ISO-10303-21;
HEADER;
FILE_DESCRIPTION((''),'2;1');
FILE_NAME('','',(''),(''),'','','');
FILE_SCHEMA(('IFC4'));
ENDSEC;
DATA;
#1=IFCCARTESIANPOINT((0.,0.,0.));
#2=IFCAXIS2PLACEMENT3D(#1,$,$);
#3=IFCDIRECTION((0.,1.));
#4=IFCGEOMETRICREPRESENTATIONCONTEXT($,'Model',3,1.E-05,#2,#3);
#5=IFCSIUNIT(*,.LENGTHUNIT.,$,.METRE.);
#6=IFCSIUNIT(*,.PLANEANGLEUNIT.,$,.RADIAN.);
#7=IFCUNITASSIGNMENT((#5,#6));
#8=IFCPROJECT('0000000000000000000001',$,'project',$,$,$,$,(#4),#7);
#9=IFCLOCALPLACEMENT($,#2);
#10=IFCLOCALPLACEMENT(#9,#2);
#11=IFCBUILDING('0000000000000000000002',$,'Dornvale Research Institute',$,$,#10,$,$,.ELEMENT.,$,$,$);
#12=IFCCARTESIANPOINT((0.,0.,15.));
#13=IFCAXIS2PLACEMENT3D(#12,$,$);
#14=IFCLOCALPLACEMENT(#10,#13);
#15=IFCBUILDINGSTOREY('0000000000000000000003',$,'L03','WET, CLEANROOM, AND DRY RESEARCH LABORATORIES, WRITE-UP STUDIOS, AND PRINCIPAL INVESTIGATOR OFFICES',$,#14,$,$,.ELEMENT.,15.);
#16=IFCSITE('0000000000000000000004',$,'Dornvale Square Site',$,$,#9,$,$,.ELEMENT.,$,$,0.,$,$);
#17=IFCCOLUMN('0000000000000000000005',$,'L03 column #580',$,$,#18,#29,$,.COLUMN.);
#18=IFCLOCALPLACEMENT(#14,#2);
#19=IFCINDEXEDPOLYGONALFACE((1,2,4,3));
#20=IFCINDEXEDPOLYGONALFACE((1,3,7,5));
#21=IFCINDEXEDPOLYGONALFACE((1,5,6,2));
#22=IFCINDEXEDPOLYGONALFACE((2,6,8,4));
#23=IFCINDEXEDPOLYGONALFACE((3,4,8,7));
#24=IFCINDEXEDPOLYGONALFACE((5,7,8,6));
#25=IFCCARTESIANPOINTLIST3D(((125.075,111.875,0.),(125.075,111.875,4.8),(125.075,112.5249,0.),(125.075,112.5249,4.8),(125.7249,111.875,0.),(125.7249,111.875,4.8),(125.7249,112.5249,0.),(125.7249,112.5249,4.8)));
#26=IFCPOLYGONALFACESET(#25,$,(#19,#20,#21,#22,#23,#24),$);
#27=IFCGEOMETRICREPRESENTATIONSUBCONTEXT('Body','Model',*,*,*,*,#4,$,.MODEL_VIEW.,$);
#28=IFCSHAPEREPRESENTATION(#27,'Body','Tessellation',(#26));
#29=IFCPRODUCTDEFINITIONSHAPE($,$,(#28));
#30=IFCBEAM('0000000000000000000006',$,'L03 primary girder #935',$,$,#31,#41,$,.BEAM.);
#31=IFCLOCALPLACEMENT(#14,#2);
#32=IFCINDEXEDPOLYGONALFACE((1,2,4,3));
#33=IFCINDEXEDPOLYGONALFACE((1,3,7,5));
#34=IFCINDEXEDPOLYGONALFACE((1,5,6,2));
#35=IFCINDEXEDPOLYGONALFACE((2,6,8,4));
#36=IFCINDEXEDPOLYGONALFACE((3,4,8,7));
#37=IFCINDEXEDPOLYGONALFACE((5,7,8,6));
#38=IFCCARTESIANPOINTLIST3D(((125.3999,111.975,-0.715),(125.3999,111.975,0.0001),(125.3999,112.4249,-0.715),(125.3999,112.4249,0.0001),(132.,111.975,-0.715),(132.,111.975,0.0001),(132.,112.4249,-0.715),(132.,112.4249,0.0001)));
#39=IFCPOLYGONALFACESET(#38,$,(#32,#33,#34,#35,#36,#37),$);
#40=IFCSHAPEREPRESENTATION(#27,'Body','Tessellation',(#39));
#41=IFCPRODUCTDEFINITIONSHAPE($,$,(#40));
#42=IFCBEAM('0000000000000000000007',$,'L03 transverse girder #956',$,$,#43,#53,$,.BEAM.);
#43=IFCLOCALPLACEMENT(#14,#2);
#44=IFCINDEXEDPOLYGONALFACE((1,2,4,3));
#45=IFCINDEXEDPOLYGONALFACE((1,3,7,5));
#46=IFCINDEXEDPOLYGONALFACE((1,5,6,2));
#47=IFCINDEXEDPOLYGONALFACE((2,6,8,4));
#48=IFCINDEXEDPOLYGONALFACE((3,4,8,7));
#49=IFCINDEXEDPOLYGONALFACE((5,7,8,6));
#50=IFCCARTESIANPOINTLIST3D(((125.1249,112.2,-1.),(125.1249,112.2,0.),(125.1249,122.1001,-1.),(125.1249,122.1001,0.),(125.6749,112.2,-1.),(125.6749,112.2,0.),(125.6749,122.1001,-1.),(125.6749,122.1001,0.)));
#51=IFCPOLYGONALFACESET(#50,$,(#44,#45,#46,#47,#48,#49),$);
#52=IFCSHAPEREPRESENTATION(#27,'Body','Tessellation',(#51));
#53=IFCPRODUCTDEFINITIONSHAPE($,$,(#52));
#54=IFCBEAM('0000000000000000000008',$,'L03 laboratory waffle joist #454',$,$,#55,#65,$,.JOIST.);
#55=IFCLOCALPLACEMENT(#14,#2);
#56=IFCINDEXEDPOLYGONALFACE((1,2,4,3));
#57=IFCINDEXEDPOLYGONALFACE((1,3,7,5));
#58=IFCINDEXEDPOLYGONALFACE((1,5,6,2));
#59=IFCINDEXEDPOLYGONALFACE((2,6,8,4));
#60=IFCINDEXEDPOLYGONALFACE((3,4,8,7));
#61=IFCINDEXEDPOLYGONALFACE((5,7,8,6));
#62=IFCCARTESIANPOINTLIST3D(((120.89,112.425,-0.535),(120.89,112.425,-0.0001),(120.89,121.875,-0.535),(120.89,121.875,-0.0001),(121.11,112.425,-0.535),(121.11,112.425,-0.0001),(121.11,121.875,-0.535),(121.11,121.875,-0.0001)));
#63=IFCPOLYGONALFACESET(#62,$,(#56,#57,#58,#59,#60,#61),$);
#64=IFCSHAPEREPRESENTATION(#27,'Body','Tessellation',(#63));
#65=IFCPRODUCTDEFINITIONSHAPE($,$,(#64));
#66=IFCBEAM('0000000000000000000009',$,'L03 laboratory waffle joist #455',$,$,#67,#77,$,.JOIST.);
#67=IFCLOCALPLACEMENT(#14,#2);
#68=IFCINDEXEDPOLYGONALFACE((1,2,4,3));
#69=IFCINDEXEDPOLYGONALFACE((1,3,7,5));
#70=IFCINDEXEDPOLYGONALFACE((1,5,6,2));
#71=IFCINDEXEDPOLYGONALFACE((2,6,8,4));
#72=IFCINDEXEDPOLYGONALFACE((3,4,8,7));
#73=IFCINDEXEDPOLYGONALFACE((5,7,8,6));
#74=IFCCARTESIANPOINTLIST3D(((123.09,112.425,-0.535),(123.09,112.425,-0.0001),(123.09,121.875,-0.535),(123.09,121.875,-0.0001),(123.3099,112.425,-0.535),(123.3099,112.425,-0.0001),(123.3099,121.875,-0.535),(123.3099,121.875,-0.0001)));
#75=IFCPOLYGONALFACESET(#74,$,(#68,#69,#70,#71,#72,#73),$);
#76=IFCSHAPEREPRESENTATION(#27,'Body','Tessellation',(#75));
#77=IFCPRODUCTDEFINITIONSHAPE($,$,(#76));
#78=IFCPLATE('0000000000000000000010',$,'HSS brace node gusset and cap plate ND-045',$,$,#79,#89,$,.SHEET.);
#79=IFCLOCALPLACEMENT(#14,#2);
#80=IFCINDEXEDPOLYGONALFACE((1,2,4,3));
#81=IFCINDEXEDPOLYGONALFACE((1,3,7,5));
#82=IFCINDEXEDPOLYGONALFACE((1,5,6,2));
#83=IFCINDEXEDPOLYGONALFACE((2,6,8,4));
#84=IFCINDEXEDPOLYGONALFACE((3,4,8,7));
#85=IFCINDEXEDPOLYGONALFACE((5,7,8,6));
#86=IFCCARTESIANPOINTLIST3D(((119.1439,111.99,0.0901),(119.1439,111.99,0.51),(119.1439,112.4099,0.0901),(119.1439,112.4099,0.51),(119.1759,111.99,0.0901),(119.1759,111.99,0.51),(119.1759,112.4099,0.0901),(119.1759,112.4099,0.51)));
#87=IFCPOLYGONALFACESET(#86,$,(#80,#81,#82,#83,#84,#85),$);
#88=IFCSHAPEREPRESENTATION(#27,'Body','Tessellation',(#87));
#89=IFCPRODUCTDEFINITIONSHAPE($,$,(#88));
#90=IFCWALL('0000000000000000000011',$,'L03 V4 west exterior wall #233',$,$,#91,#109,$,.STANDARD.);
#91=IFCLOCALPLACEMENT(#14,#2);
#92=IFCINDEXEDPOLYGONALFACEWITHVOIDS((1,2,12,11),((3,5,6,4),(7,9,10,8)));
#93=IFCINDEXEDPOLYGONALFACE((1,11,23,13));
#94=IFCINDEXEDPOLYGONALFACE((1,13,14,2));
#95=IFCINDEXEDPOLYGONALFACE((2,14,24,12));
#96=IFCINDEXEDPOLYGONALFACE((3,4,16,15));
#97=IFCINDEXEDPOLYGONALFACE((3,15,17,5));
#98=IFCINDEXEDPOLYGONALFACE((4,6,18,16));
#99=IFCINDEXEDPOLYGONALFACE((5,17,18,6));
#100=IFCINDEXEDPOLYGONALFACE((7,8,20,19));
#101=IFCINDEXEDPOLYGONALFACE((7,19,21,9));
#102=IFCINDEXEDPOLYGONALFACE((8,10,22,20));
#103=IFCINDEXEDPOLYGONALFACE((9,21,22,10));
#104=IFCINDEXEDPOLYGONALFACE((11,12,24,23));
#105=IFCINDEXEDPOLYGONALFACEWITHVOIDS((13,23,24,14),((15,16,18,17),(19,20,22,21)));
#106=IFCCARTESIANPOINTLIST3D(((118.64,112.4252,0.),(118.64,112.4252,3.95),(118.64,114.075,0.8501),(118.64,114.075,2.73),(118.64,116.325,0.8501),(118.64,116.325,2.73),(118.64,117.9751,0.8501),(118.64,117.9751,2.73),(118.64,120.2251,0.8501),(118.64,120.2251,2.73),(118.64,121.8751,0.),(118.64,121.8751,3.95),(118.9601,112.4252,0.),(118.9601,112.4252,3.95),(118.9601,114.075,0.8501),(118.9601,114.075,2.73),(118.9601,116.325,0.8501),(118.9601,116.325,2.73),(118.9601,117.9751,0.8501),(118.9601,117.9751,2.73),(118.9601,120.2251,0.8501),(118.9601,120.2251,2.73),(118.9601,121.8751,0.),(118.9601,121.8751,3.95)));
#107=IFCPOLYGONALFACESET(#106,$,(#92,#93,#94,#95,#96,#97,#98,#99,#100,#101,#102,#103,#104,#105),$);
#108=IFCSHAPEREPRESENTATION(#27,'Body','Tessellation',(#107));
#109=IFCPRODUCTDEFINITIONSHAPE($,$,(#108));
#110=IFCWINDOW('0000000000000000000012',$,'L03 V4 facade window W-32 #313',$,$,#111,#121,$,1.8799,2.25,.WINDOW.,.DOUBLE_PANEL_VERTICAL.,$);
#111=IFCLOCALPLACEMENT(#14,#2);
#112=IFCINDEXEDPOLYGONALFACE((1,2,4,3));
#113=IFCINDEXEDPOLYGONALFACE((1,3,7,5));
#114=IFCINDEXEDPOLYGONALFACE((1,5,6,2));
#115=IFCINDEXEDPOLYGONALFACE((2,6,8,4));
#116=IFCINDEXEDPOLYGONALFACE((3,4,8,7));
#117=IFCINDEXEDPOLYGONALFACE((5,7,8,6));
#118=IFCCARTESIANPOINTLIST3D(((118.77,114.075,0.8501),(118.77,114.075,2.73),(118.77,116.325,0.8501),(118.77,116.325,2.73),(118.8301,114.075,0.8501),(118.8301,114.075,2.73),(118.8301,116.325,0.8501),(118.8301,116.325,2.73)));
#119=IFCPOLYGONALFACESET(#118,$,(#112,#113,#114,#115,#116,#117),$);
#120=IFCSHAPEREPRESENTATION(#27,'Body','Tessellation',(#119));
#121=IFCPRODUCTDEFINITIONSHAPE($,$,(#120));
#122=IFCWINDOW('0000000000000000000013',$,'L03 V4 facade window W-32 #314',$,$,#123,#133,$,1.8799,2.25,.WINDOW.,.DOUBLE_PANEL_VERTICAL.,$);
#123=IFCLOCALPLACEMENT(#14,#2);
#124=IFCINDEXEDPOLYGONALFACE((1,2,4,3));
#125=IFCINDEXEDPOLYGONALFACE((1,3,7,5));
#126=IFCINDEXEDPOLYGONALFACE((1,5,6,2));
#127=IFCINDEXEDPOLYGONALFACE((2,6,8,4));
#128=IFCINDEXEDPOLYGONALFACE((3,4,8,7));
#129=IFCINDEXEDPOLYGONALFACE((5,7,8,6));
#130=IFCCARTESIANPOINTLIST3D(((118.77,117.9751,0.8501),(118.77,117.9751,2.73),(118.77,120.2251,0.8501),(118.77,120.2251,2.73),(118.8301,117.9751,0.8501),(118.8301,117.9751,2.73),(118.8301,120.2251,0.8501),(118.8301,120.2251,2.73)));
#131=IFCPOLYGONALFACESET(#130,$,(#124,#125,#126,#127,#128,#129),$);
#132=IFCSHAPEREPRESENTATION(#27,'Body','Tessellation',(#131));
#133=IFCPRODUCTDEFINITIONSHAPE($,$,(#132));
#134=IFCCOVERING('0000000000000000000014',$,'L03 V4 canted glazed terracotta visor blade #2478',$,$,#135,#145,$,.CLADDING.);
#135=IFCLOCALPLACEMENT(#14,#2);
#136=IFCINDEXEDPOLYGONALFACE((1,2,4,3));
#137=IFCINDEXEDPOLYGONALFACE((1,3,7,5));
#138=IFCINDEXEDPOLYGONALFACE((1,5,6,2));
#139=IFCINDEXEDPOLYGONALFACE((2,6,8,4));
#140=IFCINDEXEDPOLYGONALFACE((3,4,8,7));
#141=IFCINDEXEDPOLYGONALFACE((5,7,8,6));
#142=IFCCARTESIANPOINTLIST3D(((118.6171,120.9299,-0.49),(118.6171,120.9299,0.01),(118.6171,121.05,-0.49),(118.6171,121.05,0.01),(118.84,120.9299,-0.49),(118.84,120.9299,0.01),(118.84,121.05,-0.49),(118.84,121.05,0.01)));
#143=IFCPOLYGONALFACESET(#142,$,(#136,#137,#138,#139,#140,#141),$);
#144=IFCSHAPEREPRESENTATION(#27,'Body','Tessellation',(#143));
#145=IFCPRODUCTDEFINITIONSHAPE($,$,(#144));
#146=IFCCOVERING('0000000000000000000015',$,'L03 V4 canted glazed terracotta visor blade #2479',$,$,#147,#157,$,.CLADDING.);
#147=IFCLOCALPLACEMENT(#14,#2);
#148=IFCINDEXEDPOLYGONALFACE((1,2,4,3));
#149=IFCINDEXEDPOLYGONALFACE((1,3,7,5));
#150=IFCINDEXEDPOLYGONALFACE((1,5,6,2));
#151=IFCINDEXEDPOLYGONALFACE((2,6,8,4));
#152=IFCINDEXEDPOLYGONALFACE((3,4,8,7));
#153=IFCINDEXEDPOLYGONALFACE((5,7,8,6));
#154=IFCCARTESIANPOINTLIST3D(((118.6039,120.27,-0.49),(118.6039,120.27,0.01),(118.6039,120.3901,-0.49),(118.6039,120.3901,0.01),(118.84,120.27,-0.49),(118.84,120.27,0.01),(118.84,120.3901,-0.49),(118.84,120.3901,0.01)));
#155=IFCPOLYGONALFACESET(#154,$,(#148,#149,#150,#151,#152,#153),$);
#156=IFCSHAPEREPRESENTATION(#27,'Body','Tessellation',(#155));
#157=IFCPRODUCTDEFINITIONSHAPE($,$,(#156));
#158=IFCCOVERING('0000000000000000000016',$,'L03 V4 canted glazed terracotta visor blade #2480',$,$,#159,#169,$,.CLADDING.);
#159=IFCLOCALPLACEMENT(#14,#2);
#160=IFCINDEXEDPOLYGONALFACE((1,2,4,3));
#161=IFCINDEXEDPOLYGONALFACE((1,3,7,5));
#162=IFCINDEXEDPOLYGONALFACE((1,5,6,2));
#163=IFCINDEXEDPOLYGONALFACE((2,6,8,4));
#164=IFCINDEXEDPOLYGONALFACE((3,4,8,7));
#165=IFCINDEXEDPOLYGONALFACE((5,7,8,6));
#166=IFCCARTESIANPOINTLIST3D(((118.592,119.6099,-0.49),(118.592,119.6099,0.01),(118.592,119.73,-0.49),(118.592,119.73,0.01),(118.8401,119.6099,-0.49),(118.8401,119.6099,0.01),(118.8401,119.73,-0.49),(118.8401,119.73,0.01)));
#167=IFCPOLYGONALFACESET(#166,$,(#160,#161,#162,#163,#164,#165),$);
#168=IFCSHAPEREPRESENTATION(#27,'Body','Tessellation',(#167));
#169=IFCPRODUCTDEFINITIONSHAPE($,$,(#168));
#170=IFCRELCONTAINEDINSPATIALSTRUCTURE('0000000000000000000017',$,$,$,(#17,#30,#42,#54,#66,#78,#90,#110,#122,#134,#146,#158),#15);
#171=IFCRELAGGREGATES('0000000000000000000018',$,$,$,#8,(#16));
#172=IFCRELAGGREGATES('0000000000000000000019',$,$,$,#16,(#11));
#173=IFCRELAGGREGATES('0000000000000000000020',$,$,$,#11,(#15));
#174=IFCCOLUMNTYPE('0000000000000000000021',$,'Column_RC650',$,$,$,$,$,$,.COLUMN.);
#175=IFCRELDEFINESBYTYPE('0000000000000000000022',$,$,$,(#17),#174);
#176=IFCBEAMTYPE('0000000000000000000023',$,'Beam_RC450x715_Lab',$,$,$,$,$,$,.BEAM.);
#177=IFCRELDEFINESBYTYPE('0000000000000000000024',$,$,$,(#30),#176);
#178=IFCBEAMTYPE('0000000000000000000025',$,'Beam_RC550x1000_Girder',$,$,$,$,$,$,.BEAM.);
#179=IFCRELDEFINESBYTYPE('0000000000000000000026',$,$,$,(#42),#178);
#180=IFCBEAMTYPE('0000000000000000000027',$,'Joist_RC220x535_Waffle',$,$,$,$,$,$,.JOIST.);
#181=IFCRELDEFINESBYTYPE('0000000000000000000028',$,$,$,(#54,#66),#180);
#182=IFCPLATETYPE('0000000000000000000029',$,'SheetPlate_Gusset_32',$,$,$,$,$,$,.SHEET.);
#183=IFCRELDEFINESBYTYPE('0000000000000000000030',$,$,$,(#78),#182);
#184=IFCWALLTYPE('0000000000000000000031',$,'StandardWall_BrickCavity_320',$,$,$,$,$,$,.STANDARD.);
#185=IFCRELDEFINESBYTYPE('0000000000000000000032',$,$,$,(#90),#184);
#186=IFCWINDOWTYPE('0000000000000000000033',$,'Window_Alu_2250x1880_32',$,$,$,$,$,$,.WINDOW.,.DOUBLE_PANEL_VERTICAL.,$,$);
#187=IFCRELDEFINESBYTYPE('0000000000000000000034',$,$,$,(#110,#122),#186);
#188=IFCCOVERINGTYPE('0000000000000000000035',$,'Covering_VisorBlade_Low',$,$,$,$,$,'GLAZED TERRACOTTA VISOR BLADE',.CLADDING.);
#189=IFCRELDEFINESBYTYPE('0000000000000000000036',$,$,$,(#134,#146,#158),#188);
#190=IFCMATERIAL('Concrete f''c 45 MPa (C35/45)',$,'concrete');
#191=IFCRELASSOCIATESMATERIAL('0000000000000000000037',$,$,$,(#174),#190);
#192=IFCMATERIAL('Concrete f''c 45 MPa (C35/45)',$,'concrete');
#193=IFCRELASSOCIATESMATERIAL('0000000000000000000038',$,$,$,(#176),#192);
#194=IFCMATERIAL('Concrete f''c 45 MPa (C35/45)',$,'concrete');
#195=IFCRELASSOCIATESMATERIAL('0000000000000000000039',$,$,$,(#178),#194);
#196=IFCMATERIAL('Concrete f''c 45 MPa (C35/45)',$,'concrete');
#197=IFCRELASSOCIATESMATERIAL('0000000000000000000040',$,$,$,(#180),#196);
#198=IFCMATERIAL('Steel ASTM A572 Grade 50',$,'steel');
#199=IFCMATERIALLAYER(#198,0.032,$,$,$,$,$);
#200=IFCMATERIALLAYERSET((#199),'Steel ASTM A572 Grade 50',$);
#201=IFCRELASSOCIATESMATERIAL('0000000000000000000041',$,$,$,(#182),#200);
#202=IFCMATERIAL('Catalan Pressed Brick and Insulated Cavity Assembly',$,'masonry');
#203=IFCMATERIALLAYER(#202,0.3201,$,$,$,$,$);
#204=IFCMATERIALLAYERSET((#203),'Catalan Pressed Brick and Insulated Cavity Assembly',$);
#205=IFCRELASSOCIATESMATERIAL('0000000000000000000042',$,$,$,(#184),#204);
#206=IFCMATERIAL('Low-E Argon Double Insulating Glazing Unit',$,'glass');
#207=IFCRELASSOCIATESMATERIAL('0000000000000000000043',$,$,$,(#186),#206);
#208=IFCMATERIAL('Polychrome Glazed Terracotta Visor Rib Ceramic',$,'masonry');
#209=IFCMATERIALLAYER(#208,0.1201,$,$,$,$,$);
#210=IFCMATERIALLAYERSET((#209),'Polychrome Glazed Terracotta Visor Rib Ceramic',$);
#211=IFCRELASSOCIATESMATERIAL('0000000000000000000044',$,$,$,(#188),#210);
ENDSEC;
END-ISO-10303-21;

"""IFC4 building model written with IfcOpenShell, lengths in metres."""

from ifc_helpers import new_model, si_unit, direction, frame, frame_2d, origin, origin_2d, place, context, subcontext, project, spatial, rectangle, extrude, material, layer, layer_set, material_profile, profile_set, type_object, element, fill, save


model = new_model("IFC4")

# Units and contexts
model_context = context("Model", 3, precision=1e-05, world=origin(), true_north=direction((0.0, 1.0)))
body_context = subcontext(model_context, "Body", "Model", "MODEL_VIEW")
ifc_project = project(units=[si_unit("LENGTHUNIT", "METRE"), si_unit("PLANEANGLEUNIT", "RADIAN")], contexts=[model_context])

# Site, building, storey
site_placement = place(None, origin())
site = spatial("IfcSite", under=ifc_project, at=site_placement, Name="Dornvale Square Site", CompositionType="ELEMENT", RefElevation=0.0)
building_placement = place(site_placement, origin())
building = spatial("IfcBuilding", under=site, at=building_placement, Name="Dornvale Research Institute", CompositionType="ELEMENT")
storey_placement = place(building_placement, frame((0.0, 0.0, 15.0)))
storey = spatial("IfcBuildingStorey", under=building, at=storey_placement, Name="L03", Description="WET, CLEANROOM, AND DRY RESEARCH LABORATORIES, WRITE-UP STUDIOS, AND PRINCIPAL INVESTIGATOR OFFICES", CompositionType="ELEMENT", Elevation=15.0)

# Column
ifc_material_1 = material(Name="Concrete f'c 45 MPa (C35/45)", Category="concrete")
ifc_material_profile_1 = material_profile(ifc_material_1, rectangle(XDim=0.6499, YDim=0.6499, at=origin_2d()), Name="RC 650x650")
ifc_profile_set_1 = profile_set([ifc_material_profile_1], Name="Concrete f'c 45 MPa (C35/45)")
column_type = type_object("IfcColumnType", Name="Column_RC650", PredefinedType="COLUMN", material=ifc_profile_set_1)
column_placement = place(storey_placement, frame((125.3999, 112.2, 0.0), z_axis=(0.0, 0.0, 1.0), x_axis=(1.0, 0.0, 0.0)))
element("IfcColumn", 1, at=column_placement, inside=storey, type_object=column_type, Name="L03 column #580", PredefinedType="COLUMN", context=body_context, shape_type="SweptSolid", body=[
    extrude(rectangle(XDim=0.6499, YDim=0.6499, at=origin_2d()), origin(), (0.0, 0.0, 1.0), 4.8),
])

# Beams
ifc_material_2 = material(Name="Concrete f'c 45 MPa (C35/45)", Category="concrete")
ifc_material_profile_2 = material_profile(ifc_material_2, rectangle(XDim=0.45, YDim=0.7151, at=origin_2d()), Name="RC 450x715")
ifc_profile_set_2 = profile_set([ifc_material_profile_2], Name="Concrete f'c 45 MPa (C35/45)")
beam_type_1 = type_object("IfcBeamType", Name="Beam_RC450x715_Lab", PredefinedType="BEAM", material=ifc_profile_set_2)
beam_1_placement = place(storey_placement, frame((125.3999, 112.2, -0.3574), z_axis=(1.0, 0.0, 0.0), x_axis=(0.0, 1.0, 0.0)))
element("IfcBeam", 2, at=beam_1_placement, inside=storey, type_object=beam_type_1, Name="L03 primary girder #935", PredefinedType="BEAM", context=body_context, shape_type="SweptSolid", body=[
    extrude(rectangle(XDim=0.45, YDim=0.7151, at=origin_2d()), origin(), (0.0, 0.0, 1.0), 6.6001),
])
ifc_material_3 = material(Name="Concrete f'c 45 MPa (C35/45)", Category="concrete")
ifc_material_profile_3 = material_profile(ifc_material_3, rectangle(XDim=0.55, YDim=1.0, at=origin_2d()), Name="RC 550x1000")
ifc_profile_set_3 = profile_set([ifc_material_profile_3], Name="Concrete f'c 45 MPa (C35/45)")
beam_type_2 = type_object("IfcBeamType", Name="Beam_RC550x1000_Girder", PredefinedType="BEAM", material=ifc_profile_set_3)
beam_2_placement = place(storey_placement, frame((125.3999, 112.2, -0.5), z_axis=(0.0, 1.0, 0.0), x_axis=(-1.0, 0.0, 0.0)))
element("IfcBeam", 3, at=beam_2_placement, inside=storey, type_object=beam_type_2, Name="L03 transverse girder #956", PredefinedType="BEAM", context=body_context, shape_type="SweptSolid", body=[
    extrude(rectangle(XDim=0.55, YDim=1.0, at=origin_2d()), origin(), (0.0, 0.0, 1.0), 9.9001),
])
ifc_material_4 = material(Name="Concrete f'c 45 MPa (C35/45)", Category="concrete")
ifc_material_profile_4 = material_profile(ifc_material_4, rectangle(XDim=0.22, YDim=0.5349, at=origin_2d()), Name="RC 220x535")
ifc_profile_set_4 = profile_set([ifc_material_profile_4], Name="Concrete f'c 45 MPa (C35/45)")
beam_type_3 = type_object("IfcBeamType", Name="Joist_RC220x535_Waffle", PredefinedType="JOIST", material=ifc_profile_set_4)
for number, where, z_axis, x_axis, name in (
    (4, (121.0, 112.425, -0.2676), (0.0, 1.0, 0.0), (-1.0, 0.0, 0.0), "L03 laboratory waffle joist #454"),
    (5, (123.2, 112.425, -0.2676), (0.0, 1.0, 0.0), (-1.0, 0.0, 0.0), "L03 laboratory waffle joist #455"),
):
    element("IfcBeam", number, at=place(storey_placement, frame(where, z_axis=z_axis, x_axis=x_axis)), inside=storey, type_object=beam_type_3, Name=name, PredefinedType="JOIST", context=body_context, shape_type="SweptSolid", body=[
        extrude(rectangle(XDim=0.22, YDim=0.5349, at=origin_2d()), origin(), (0.0, 0.0, 1.0), 9.45),
    ])

# Plate
ifc_material_5 = material(Name="Steel ASTM A572 Grade 50", Category="steel")
ifc_layer_1 = layer(ifc_material_5, 0.032)
ifc_layer_set_1 = layer_set([ifc_layer_1], Name="Steel ASTM A572 Grade 50")
plate_type = type_object("IfcPlateType", Name="SheetPlate_Gusset_32", PredefinedType="SHEET", material=ifc_layer_set_1)
plate_placement = place(storey_placement, frame((119.1599, 112.2, 0.0901), z_axis=(0.0, 0.0, 1.0), x_axis=(0.0, 1.0, 0.0)))
element("IfcPlate", 6, at=plate_placement, inside=storey, type_object=plate_type, Name="HSS brace node gusset and cap plate ND-045", PredefinedType="SHEET", context=body_context, shape_type="SweptSolid", body=[
    extrude(rectangle(XDim=0.4199, YDim=0.032, at=origin_2d()), origin(), (0.0, 0.0, 1.0), 0.4199),
])

# Wall, openings, windows
ifc_material_6 = material(Name="Catalan Pressed Brick and Insulated Cavity Assembly", Category="masonry")
ifc_layer_2 = layer(ifc_material_6, 0.3201)
ifc_layer_set_2 = layer_set([ifc_layer_2], Name="Catalan Pressed Brick and Insulated Cavity Assembly")
wall_type = type_object("IfcWallType", Name="StandardWall_BrickCavity_320", PredefinedType="STANDARD", material=ifc_layer_set_2)
wall_placement = place(storey_placement, frame((118.8, 112.425, 0.0), z_axis=(0.0, 0.0, 1.0), x_axis=(0.0, 1.0, 0.0)))
wall = element("IfcWall", 7, at=wall_placement, inside=storey, type_object=wall_type, Name="L03 V4 west exterior wall #233", PredefinedType="STANDARD", context=body_context, shape_type="SweptSolid", body=[
    extrude(rectangle(XDim=9.45, YDim=0.3201, at=frame_2d((4.7251, 0.0))), origin(), (0.0, 0.0, 1.0), 3.95),
])
opening_1_placement = place(wall_placement, frame((1.6499, 0.0, 0.8501)))
opening_1 = element("IfcOpeningElement", 8, at=opening_1_placement, cuts=wall, PredefinedType="OPENING", context=body_context, shape_type="SweptSolid", body=[
    extrude(rectangle(XDim=2.25, YDim=1.8799, at=frame_2d((1.125, 0.9399))), frame((0.0, 0.175, 0.0), z_axis=(0.0, -1.0, 0.0), x_axis=(1.0, 0.0, 0.0)), (0.0, 0.0, 1.0), 0.3501),
])
opening_2_placement = place(wall_placement, frame((5.55, 0.0, 0.8501)))
opening_2 = element("IfcOpeningElement", 9, at=opening_2_placement, cuts=wall, PredefinedType="OPENING", context=body_context, shape_type="SweptSolid", body=[
    extrude(rectangle(XDim=2.25, YDim=1.8799, at=frame_2d((1.125, 0.9399))), frame((0.0, 0.175, 0.0), z_axis=(0.0, -1.0, 0.0), x_axis=(1.0, 0.0, 0.0)), (0.0, 0.0, 1.0), 0.3501),
])
ifc_material_7 = material(Name="Low-E Argon Double Insulating Glazing Unit", Category="glass")
window_type = type_object("IfcWindowType", Name="Window_Alu_2250x1880_32", PartitioningType="DOUBLE_PANEL_VERTICAL", PredefinedType="WINDOW", material=ifc_material_7)
window_1_placement = place(opening_1_placement, origin())
window_1 = element("IfcWindow", 10, at=window_1_placement, inside=storey, type_object=window_type, Name="L03 V4 facade window W-32 #313", OverallHeight=1.8799, OverallWidth=2.25, PartitioningType="DOUBLE_PANEL_VERTICAL", PredefinedType="WINDOW", context=body_context, shape_type="SweptSolid", body=[
    extrude(rectangle(XDim=2.25, YDim=1.8799, at=frame_2d((1.125, 0.9399))), frame((0.0, 0.03, 0.0), z_axis=(0.0, -1.0, 0.0), x_axis=(1.0, 0.0, 0.0)), (0.0, 0.0, 1.0), 0.0601),
])
fill(opening_1, window_1)
window_2_placement = place(opening_2_placement, origin())
window_2 = element("IfcWindow", 11, at=window_2_placement, inside=storey, type_object=window_type, Name="L03 V4 facade window W-32 #314", OverallHeight=1.8799, OverallWidth=2.25, PartitioningType="DOUBLE_PANEL_VERTICAL", PredefinedType="WINDOW", context=body_context, shape_type="SweptSolid", body=[
    extrude(rectangle(XDim=2.25, YDim=1.8799, at=frame_2d((1.125, 0.9399))), frame((0.0, 0.03, 0.0), z_axis=(0.0, -1.0, 0.0), x_axis=(1.0, 0.0, 0.0)), (0.0, 0.0, 1.0), 0.0601),
])
fill(opening_2, window_2)

# Coverings
ifc_material_8 = material(Name="Polychrome Glazed Terracotta Visor Rib Ceramic", Category="masonry")
ifc_layer_3 = layer(ifc_material_8, 0.1201)
ifc_layer_set_3 = layer_set([ifc_layer_3], Name="Polychrome Glazed Terracotta Visor Rib Ceramic")
covering_type = type_object("IfcCoveringType", Name="Covering_VisorBlade_Low", ElementType="GLAZED TERRACOTTA VISOR BLADE", PredefinedType="CLADDING", material=ifc_layer_set_3)
covering_1_placement = place(storey_placement, frame((118.7285, 120.99, -0.49), z_axis=(0.0, 0.0, 1.0), x_axis=(1.0, 0.0, 0.0)))
element("IfcCovering", 12, at=covering_1_placement, inside=storey, type_object=covering_type, Name="L03 V4 canted glazed terracotta visor blade #2478", PredefinedType="CLADDING", context=body_context, shape_type="SweptSolid", body=[
    extrude(rectangle(XDim=0.2229, YDim=0.1201, at=origin_2d()), origin(), (0.0, 0.0, 1.0), 0.5),
])
covering_2_placement = place(storey_placement, frame((118.7219, 120.3301, -0.49), z_axis=(0.0, 0.0, 1.0), x_axis=(1.0, 0.0, 0.0)))
element("IfcCovering", 13, at=covering_2_placement, inside=storey, type_object=covering_type, Name="L03 V4 canted glazed terracotta visor blade #2479", PredefinedType="CLADDING", context=body_context, shape_type="SweptSolid", body=[
    extrude(rectangle(XDim=0.2361, YDim=0.1201, at=origin_2d()), origin(), (0.0, 0.0, 1.0), 0.5),
])
covering_3_placement = place(storey_placement, frame((118.7161, 119.6699, -0.49), z_axis=(0.0, 0.0, 1.0), x_axis=(1.0, 0.0, 0.0)))
element("IfcCovering", 14, at=covering_3_placement, inside=storey, type_object=covering_type, Name="L03 V4 canted glazed terracotta visor blade #2480", PredefinedType="CLADDING", context=body_context, shape_type="SweptSolid", body=[
    extrude(rectangle(XDim=0.248, YDim=0.1201, at=origin_2d()), origin(), (0.0, 0.0, 1.0), 0.5),
])

save(model, "model.ifc")
